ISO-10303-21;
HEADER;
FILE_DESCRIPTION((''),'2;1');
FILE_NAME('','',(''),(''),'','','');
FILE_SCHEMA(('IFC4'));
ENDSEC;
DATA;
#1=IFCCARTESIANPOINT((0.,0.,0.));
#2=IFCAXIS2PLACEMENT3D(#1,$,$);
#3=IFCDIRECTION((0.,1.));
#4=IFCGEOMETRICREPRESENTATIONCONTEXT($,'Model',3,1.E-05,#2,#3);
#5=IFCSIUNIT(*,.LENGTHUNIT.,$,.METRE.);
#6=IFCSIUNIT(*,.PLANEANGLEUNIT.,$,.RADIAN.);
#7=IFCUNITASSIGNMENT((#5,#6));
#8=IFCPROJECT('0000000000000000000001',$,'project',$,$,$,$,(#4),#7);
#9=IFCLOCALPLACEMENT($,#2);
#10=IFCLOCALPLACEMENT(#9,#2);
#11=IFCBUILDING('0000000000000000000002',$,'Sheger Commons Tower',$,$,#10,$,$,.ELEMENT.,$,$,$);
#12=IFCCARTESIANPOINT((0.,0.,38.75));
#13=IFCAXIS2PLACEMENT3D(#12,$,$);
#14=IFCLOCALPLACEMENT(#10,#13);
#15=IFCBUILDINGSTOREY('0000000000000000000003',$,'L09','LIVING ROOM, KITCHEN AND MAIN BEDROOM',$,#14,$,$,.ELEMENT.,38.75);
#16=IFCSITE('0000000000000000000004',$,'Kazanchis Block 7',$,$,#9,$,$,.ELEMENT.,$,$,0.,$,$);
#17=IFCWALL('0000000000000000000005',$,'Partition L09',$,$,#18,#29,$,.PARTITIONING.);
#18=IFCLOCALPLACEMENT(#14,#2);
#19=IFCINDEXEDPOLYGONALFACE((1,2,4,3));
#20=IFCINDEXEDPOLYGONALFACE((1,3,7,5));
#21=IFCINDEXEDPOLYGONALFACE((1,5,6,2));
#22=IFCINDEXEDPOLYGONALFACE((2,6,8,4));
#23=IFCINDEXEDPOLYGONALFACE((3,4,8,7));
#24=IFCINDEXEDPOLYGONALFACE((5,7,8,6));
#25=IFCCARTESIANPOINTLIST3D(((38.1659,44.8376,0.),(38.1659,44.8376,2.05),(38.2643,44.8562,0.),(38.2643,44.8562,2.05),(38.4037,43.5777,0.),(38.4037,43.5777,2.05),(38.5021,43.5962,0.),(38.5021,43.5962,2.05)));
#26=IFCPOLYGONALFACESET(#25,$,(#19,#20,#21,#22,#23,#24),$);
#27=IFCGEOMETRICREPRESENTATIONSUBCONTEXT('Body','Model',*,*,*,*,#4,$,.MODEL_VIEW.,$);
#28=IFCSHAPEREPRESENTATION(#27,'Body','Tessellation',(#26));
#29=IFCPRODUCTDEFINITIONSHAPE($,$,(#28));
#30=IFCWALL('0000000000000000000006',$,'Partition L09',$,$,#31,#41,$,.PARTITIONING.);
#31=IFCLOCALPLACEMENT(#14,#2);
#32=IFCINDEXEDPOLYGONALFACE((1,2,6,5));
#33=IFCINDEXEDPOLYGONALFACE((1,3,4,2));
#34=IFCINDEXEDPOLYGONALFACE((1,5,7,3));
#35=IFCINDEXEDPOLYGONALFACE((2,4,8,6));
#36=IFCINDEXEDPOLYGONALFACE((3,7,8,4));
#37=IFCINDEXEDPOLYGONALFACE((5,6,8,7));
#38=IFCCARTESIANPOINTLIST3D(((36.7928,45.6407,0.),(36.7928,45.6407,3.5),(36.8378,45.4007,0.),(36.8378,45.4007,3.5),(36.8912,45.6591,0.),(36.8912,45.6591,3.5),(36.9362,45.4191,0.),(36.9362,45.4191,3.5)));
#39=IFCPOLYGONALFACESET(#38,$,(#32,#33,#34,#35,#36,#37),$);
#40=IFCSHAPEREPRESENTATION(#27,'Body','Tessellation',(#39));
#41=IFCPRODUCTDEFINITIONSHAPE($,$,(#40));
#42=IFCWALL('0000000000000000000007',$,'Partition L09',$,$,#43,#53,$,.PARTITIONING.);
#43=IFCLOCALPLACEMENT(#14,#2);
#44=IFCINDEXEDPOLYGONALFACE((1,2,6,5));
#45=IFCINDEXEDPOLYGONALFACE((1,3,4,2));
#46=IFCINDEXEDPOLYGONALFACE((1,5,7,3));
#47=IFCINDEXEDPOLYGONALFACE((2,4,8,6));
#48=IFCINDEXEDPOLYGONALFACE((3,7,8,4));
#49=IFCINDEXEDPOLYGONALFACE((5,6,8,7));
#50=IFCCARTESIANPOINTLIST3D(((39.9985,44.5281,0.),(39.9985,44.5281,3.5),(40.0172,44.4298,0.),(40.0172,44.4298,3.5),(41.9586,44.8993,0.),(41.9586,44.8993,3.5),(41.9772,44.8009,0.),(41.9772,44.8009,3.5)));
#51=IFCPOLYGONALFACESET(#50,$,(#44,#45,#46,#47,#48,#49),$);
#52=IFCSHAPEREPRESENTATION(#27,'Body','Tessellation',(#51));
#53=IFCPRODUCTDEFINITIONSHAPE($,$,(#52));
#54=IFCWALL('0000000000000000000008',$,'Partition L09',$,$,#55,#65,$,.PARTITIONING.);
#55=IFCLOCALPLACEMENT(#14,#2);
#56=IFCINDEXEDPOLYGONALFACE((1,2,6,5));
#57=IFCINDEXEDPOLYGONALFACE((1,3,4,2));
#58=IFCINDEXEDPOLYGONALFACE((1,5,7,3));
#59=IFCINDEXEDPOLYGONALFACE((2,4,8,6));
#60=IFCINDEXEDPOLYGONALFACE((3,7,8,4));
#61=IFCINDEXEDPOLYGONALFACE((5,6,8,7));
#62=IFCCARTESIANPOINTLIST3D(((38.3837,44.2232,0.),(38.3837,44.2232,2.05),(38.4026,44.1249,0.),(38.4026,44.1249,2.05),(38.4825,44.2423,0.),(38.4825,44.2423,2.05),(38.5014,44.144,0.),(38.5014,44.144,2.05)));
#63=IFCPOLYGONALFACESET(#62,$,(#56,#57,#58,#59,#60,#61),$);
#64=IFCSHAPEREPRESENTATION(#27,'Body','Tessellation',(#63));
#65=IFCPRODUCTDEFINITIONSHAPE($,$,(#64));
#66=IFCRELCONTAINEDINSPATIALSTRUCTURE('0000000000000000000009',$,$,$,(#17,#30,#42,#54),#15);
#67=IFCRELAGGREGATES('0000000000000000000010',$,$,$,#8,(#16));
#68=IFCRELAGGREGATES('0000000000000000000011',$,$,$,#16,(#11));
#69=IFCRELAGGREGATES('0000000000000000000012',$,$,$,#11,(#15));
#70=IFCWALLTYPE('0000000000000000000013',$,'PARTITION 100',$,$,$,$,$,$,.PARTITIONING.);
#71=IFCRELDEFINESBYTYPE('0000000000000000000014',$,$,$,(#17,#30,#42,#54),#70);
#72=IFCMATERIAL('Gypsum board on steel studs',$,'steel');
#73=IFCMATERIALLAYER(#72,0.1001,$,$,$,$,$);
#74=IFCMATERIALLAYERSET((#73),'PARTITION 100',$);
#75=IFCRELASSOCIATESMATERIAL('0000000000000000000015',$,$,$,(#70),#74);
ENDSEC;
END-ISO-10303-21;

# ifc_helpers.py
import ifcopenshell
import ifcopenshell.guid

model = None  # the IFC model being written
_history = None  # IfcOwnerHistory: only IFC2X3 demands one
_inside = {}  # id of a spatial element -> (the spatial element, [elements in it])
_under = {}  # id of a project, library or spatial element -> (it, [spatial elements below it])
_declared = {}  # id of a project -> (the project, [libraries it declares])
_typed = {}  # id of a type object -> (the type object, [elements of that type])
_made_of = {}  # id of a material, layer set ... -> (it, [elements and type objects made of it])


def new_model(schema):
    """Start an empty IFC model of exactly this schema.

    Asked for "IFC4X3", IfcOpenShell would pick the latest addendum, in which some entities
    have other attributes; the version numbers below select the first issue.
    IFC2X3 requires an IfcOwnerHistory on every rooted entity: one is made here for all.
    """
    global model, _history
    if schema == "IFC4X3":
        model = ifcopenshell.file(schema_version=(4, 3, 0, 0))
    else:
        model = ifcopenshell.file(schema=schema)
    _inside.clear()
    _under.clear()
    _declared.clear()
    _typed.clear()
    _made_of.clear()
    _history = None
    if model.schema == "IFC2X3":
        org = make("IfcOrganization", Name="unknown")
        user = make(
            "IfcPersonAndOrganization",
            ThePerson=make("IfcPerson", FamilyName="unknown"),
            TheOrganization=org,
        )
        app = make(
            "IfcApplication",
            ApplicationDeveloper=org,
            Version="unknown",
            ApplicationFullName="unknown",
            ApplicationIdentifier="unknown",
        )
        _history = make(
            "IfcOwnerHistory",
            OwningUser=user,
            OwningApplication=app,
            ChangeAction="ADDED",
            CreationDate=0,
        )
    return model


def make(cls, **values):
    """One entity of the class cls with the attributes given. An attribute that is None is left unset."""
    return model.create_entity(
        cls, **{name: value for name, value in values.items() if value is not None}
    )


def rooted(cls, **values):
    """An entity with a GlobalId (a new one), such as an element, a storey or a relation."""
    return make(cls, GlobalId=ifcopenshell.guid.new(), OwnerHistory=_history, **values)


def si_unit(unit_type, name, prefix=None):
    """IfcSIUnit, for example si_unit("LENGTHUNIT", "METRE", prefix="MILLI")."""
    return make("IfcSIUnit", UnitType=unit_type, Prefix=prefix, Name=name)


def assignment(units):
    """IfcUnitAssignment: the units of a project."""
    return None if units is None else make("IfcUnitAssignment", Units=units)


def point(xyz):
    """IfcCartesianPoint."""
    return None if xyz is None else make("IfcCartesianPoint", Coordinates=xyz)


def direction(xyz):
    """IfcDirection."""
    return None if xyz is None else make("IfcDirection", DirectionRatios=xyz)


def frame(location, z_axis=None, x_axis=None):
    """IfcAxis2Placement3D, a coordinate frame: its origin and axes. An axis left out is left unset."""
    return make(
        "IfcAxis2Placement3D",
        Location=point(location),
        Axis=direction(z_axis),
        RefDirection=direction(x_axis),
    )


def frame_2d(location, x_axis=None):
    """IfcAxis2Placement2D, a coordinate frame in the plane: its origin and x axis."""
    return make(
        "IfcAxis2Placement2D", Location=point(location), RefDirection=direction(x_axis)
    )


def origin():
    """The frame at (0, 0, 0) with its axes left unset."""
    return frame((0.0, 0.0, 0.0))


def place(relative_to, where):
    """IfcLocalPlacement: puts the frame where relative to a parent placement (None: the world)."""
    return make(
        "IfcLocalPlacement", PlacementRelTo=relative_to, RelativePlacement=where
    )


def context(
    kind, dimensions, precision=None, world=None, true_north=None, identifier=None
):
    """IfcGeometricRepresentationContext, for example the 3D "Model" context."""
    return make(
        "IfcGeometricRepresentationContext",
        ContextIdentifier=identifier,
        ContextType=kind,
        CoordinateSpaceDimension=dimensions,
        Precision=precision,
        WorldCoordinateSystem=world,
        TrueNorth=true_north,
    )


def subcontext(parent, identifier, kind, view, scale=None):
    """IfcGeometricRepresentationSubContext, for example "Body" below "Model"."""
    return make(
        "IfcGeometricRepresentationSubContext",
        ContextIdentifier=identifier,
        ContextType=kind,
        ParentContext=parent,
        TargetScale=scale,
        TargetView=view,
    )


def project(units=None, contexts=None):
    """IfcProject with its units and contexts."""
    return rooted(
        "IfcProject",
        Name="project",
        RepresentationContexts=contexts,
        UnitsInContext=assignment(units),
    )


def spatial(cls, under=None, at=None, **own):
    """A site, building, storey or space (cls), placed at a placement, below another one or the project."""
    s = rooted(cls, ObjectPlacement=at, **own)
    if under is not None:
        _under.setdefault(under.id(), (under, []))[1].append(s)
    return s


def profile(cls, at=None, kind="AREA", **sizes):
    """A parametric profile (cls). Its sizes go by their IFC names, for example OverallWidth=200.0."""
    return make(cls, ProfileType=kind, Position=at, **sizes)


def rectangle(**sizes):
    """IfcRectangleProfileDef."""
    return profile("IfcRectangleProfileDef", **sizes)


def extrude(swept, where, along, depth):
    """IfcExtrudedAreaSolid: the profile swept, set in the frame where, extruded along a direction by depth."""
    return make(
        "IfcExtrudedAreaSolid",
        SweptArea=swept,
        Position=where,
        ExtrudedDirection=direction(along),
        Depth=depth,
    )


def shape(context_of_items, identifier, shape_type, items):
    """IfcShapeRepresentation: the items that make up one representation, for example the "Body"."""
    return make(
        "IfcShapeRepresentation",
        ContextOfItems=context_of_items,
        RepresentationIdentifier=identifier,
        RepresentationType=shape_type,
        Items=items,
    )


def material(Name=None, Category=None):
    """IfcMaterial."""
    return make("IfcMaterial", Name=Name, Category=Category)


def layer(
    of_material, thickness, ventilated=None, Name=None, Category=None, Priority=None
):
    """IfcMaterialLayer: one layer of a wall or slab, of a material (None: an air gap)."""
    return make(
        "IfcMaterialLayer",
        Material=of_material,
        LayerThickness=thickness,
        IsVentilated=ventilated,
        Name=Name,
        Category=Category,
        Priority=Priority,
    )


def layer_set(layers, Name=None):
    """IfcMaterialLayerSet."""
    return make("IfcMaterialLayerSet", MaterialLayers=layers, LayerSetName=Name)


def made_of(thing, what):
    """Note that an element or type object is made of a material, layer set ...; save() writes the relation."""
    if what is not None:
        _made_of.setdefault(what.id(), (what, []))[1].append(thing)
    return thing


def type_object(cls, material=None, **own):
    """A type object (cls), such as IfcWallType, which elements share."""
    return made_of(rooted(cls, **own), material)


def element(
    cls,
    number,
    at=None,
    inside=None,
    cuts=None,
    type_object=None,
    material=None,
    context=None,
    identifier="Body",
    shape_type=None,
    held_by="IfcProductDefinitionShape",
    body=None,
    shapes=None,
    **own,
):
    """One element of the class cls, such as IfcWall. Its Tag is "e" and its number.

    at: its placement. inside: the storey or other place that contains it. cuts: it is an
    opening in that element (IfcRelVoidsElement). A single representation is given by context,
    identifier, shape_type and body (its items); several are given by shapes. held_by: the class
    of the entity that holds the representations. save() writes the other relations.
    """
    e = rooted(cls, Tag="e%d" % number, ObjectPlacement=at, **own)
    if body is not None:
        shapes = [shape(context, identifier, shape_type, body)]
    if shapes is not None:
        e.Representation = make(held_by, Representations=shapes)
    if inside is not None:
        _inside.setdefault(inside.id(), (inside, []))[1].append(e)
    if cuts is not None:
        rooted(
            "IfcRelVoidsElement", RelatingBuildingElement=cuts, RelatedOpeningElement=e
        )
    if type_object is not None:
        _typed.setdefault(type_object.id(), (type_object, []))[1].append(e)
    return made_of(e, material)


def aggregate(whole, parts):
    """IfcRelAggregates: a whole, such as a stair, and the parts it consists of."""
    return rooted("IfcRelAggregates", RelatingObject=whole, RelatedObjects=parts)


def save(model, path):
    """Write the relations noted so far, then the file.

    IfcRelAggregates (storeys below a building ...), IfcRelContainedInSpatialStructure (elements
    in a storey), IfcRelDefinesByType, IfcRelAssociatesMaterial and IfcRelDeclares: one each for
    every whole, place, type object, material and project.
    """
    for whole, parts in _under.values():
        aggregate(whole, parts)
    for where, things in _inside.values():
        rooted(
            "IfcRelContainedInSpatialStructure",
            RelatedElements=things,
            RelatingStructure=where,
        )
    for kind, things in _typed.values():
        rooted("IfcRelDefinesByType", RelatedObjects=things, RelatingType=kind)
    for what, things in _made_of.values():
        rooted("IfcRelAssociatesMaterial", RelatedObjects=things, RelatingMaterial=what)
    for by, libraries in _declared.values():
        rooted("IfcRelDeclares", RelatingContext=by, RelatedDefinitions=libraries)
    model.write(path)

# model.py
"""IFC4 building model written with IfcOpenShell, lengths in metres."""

from ifc_helpers import new_model, si_unit, direction, frame, frame_2d, origin, place, context, subcontext, project, spatial, rectangle, extrude, material, layer, layer_set, type_object, element, save


model = new_model("IFC4")

# Units and contexts
model_context = context("Model", 3, precision=1e-05, world=origin(), true_north=direction((0.0, 1.0)))
body_context = subcontext(model_context, "Body", "Model", "MODEL_VIEW")
ifc_project = project(units=[si_unit("LENGTHUNIT", "METRE"), si_unit("PLANEANGLEUNIT", "RADIAN")], contexts=[model_context])

# Site, building, storey
site_placement = place(None, origin())
site = spatial("IfcSite", under=ifc_project, at=site_placement, Name="Kazanchis Block 7", CompositionType="ELEMENT", RefElevation=0.0)
building_placement = place(site_placement, origin())
building = spatial("IfcBuilding", under=site, at=building_placement, Name="Sheger Commons Tower", CompositionType="ELEMENT")
storey_placement = place(building_placement, frame((0.0, 0.0, 38.75)))
storey = spatial("IfcBuildingStorey", under=building, at=storey_placement, Name="L09", Description="LIVING ROOM, KITCHEN AND MAIN BEDROOM", CompositionType="ELEMENT", Elevation=38.75)

# Walls
ifc_material_1 = material(Name="Gypsum board on steel studs", Category="steel")
ifc_layer_1 = layer(ifc_material_1, 0.1001)
ifc_layer_set_1 = layer_set([ifc_layer_1], Name="PARTITION 100")
wall_type_1 = type_object("IfcWallType", Name="PARTITION 100", PredefinedType="PARTITIONING", material=ifc_layer_set_1)
wall_1_placement = place(storey_placement, frame((38.2151, 44.8469, 0.0), z_axis=(0.0, 0.0, 1.0), x_axis=(0.185449, -0.982654, 0.0)))
element("IfcWall", 1, at=wall_1_placement, inside=storey, type_object=wall_type_1, Name="Partition L09", PredefinedType="PARTITIONING", context=body_context, shape_type="SweptSolid", body=[
    extrude(rectangle(XDim=1.2822, YDim=0.1001, at=frame_2d((0.6411, 0.0))), origin(), (0.0, 0.0, 1.0), 2.05),
])
wall_2_placement = place(storey_placement, frame((36.842, 45.6499, 0.0), z_axis=(0.0, 0.0, 1.0), x_axis=(0.183987, -0.982929, 0.0)))
element("IfcWall", 2, at=wall_2_placement, inside=storey, type_object=wall_type_1, Name="Partition L09", PredefinedType="PARTITIONING", context=body_context, shape_type="SweptSolid", body=[
    extrude(rectangle(XDim=0.2441, YDim=0.1001, at=frame_2d((0.1221, 0.0))), origin(), (0.0, 0.0, 1.0), 3.5),
])
wall_3_placement = place(storey_placement, frame((41.968, 44.8501, 0.0), z_axis=(0.0, 0.0, 1.0), x_axis=(-0.982544, -0.186032, 0.0)))
element("IfcWall", 3, at=wall_3_placement, inside=storey, type_object=wall_type_1, Name="Partition L09", PredefinedType="PARTITIONING", context=body_context, shape_type="SweptSolid", body=[
    extrude(rectangle(XDim=1.9949, YDim=0.1001, at=frame_2d((0.9976, 0.0))), origin(), (0.0, 0.0, 1.0), 3.5),
])
wall_4_placement = place(storey_placement, frame((38.4919, 44.1931, 0.0), z_axis=(0.0, 0.0, 1.0), x_axis=(-0.981955, -0.189117, 0.0)))
element("IfcWall", 4, at=wall_4_placement, inside=storey, type_object=wall_type_1, Name="Partition L09", PredefinedType="PARTITIONING", context=body_context, shape_type="SweptSolid", body=[
    extrude(rectangle(XDim=0.1006, YDim=0.1001, at=frame_2d((0.0503, 0.0))), origin(), (0.0, 0.0, 1.0), 2.05),
])

save(model, "model.ifc")
